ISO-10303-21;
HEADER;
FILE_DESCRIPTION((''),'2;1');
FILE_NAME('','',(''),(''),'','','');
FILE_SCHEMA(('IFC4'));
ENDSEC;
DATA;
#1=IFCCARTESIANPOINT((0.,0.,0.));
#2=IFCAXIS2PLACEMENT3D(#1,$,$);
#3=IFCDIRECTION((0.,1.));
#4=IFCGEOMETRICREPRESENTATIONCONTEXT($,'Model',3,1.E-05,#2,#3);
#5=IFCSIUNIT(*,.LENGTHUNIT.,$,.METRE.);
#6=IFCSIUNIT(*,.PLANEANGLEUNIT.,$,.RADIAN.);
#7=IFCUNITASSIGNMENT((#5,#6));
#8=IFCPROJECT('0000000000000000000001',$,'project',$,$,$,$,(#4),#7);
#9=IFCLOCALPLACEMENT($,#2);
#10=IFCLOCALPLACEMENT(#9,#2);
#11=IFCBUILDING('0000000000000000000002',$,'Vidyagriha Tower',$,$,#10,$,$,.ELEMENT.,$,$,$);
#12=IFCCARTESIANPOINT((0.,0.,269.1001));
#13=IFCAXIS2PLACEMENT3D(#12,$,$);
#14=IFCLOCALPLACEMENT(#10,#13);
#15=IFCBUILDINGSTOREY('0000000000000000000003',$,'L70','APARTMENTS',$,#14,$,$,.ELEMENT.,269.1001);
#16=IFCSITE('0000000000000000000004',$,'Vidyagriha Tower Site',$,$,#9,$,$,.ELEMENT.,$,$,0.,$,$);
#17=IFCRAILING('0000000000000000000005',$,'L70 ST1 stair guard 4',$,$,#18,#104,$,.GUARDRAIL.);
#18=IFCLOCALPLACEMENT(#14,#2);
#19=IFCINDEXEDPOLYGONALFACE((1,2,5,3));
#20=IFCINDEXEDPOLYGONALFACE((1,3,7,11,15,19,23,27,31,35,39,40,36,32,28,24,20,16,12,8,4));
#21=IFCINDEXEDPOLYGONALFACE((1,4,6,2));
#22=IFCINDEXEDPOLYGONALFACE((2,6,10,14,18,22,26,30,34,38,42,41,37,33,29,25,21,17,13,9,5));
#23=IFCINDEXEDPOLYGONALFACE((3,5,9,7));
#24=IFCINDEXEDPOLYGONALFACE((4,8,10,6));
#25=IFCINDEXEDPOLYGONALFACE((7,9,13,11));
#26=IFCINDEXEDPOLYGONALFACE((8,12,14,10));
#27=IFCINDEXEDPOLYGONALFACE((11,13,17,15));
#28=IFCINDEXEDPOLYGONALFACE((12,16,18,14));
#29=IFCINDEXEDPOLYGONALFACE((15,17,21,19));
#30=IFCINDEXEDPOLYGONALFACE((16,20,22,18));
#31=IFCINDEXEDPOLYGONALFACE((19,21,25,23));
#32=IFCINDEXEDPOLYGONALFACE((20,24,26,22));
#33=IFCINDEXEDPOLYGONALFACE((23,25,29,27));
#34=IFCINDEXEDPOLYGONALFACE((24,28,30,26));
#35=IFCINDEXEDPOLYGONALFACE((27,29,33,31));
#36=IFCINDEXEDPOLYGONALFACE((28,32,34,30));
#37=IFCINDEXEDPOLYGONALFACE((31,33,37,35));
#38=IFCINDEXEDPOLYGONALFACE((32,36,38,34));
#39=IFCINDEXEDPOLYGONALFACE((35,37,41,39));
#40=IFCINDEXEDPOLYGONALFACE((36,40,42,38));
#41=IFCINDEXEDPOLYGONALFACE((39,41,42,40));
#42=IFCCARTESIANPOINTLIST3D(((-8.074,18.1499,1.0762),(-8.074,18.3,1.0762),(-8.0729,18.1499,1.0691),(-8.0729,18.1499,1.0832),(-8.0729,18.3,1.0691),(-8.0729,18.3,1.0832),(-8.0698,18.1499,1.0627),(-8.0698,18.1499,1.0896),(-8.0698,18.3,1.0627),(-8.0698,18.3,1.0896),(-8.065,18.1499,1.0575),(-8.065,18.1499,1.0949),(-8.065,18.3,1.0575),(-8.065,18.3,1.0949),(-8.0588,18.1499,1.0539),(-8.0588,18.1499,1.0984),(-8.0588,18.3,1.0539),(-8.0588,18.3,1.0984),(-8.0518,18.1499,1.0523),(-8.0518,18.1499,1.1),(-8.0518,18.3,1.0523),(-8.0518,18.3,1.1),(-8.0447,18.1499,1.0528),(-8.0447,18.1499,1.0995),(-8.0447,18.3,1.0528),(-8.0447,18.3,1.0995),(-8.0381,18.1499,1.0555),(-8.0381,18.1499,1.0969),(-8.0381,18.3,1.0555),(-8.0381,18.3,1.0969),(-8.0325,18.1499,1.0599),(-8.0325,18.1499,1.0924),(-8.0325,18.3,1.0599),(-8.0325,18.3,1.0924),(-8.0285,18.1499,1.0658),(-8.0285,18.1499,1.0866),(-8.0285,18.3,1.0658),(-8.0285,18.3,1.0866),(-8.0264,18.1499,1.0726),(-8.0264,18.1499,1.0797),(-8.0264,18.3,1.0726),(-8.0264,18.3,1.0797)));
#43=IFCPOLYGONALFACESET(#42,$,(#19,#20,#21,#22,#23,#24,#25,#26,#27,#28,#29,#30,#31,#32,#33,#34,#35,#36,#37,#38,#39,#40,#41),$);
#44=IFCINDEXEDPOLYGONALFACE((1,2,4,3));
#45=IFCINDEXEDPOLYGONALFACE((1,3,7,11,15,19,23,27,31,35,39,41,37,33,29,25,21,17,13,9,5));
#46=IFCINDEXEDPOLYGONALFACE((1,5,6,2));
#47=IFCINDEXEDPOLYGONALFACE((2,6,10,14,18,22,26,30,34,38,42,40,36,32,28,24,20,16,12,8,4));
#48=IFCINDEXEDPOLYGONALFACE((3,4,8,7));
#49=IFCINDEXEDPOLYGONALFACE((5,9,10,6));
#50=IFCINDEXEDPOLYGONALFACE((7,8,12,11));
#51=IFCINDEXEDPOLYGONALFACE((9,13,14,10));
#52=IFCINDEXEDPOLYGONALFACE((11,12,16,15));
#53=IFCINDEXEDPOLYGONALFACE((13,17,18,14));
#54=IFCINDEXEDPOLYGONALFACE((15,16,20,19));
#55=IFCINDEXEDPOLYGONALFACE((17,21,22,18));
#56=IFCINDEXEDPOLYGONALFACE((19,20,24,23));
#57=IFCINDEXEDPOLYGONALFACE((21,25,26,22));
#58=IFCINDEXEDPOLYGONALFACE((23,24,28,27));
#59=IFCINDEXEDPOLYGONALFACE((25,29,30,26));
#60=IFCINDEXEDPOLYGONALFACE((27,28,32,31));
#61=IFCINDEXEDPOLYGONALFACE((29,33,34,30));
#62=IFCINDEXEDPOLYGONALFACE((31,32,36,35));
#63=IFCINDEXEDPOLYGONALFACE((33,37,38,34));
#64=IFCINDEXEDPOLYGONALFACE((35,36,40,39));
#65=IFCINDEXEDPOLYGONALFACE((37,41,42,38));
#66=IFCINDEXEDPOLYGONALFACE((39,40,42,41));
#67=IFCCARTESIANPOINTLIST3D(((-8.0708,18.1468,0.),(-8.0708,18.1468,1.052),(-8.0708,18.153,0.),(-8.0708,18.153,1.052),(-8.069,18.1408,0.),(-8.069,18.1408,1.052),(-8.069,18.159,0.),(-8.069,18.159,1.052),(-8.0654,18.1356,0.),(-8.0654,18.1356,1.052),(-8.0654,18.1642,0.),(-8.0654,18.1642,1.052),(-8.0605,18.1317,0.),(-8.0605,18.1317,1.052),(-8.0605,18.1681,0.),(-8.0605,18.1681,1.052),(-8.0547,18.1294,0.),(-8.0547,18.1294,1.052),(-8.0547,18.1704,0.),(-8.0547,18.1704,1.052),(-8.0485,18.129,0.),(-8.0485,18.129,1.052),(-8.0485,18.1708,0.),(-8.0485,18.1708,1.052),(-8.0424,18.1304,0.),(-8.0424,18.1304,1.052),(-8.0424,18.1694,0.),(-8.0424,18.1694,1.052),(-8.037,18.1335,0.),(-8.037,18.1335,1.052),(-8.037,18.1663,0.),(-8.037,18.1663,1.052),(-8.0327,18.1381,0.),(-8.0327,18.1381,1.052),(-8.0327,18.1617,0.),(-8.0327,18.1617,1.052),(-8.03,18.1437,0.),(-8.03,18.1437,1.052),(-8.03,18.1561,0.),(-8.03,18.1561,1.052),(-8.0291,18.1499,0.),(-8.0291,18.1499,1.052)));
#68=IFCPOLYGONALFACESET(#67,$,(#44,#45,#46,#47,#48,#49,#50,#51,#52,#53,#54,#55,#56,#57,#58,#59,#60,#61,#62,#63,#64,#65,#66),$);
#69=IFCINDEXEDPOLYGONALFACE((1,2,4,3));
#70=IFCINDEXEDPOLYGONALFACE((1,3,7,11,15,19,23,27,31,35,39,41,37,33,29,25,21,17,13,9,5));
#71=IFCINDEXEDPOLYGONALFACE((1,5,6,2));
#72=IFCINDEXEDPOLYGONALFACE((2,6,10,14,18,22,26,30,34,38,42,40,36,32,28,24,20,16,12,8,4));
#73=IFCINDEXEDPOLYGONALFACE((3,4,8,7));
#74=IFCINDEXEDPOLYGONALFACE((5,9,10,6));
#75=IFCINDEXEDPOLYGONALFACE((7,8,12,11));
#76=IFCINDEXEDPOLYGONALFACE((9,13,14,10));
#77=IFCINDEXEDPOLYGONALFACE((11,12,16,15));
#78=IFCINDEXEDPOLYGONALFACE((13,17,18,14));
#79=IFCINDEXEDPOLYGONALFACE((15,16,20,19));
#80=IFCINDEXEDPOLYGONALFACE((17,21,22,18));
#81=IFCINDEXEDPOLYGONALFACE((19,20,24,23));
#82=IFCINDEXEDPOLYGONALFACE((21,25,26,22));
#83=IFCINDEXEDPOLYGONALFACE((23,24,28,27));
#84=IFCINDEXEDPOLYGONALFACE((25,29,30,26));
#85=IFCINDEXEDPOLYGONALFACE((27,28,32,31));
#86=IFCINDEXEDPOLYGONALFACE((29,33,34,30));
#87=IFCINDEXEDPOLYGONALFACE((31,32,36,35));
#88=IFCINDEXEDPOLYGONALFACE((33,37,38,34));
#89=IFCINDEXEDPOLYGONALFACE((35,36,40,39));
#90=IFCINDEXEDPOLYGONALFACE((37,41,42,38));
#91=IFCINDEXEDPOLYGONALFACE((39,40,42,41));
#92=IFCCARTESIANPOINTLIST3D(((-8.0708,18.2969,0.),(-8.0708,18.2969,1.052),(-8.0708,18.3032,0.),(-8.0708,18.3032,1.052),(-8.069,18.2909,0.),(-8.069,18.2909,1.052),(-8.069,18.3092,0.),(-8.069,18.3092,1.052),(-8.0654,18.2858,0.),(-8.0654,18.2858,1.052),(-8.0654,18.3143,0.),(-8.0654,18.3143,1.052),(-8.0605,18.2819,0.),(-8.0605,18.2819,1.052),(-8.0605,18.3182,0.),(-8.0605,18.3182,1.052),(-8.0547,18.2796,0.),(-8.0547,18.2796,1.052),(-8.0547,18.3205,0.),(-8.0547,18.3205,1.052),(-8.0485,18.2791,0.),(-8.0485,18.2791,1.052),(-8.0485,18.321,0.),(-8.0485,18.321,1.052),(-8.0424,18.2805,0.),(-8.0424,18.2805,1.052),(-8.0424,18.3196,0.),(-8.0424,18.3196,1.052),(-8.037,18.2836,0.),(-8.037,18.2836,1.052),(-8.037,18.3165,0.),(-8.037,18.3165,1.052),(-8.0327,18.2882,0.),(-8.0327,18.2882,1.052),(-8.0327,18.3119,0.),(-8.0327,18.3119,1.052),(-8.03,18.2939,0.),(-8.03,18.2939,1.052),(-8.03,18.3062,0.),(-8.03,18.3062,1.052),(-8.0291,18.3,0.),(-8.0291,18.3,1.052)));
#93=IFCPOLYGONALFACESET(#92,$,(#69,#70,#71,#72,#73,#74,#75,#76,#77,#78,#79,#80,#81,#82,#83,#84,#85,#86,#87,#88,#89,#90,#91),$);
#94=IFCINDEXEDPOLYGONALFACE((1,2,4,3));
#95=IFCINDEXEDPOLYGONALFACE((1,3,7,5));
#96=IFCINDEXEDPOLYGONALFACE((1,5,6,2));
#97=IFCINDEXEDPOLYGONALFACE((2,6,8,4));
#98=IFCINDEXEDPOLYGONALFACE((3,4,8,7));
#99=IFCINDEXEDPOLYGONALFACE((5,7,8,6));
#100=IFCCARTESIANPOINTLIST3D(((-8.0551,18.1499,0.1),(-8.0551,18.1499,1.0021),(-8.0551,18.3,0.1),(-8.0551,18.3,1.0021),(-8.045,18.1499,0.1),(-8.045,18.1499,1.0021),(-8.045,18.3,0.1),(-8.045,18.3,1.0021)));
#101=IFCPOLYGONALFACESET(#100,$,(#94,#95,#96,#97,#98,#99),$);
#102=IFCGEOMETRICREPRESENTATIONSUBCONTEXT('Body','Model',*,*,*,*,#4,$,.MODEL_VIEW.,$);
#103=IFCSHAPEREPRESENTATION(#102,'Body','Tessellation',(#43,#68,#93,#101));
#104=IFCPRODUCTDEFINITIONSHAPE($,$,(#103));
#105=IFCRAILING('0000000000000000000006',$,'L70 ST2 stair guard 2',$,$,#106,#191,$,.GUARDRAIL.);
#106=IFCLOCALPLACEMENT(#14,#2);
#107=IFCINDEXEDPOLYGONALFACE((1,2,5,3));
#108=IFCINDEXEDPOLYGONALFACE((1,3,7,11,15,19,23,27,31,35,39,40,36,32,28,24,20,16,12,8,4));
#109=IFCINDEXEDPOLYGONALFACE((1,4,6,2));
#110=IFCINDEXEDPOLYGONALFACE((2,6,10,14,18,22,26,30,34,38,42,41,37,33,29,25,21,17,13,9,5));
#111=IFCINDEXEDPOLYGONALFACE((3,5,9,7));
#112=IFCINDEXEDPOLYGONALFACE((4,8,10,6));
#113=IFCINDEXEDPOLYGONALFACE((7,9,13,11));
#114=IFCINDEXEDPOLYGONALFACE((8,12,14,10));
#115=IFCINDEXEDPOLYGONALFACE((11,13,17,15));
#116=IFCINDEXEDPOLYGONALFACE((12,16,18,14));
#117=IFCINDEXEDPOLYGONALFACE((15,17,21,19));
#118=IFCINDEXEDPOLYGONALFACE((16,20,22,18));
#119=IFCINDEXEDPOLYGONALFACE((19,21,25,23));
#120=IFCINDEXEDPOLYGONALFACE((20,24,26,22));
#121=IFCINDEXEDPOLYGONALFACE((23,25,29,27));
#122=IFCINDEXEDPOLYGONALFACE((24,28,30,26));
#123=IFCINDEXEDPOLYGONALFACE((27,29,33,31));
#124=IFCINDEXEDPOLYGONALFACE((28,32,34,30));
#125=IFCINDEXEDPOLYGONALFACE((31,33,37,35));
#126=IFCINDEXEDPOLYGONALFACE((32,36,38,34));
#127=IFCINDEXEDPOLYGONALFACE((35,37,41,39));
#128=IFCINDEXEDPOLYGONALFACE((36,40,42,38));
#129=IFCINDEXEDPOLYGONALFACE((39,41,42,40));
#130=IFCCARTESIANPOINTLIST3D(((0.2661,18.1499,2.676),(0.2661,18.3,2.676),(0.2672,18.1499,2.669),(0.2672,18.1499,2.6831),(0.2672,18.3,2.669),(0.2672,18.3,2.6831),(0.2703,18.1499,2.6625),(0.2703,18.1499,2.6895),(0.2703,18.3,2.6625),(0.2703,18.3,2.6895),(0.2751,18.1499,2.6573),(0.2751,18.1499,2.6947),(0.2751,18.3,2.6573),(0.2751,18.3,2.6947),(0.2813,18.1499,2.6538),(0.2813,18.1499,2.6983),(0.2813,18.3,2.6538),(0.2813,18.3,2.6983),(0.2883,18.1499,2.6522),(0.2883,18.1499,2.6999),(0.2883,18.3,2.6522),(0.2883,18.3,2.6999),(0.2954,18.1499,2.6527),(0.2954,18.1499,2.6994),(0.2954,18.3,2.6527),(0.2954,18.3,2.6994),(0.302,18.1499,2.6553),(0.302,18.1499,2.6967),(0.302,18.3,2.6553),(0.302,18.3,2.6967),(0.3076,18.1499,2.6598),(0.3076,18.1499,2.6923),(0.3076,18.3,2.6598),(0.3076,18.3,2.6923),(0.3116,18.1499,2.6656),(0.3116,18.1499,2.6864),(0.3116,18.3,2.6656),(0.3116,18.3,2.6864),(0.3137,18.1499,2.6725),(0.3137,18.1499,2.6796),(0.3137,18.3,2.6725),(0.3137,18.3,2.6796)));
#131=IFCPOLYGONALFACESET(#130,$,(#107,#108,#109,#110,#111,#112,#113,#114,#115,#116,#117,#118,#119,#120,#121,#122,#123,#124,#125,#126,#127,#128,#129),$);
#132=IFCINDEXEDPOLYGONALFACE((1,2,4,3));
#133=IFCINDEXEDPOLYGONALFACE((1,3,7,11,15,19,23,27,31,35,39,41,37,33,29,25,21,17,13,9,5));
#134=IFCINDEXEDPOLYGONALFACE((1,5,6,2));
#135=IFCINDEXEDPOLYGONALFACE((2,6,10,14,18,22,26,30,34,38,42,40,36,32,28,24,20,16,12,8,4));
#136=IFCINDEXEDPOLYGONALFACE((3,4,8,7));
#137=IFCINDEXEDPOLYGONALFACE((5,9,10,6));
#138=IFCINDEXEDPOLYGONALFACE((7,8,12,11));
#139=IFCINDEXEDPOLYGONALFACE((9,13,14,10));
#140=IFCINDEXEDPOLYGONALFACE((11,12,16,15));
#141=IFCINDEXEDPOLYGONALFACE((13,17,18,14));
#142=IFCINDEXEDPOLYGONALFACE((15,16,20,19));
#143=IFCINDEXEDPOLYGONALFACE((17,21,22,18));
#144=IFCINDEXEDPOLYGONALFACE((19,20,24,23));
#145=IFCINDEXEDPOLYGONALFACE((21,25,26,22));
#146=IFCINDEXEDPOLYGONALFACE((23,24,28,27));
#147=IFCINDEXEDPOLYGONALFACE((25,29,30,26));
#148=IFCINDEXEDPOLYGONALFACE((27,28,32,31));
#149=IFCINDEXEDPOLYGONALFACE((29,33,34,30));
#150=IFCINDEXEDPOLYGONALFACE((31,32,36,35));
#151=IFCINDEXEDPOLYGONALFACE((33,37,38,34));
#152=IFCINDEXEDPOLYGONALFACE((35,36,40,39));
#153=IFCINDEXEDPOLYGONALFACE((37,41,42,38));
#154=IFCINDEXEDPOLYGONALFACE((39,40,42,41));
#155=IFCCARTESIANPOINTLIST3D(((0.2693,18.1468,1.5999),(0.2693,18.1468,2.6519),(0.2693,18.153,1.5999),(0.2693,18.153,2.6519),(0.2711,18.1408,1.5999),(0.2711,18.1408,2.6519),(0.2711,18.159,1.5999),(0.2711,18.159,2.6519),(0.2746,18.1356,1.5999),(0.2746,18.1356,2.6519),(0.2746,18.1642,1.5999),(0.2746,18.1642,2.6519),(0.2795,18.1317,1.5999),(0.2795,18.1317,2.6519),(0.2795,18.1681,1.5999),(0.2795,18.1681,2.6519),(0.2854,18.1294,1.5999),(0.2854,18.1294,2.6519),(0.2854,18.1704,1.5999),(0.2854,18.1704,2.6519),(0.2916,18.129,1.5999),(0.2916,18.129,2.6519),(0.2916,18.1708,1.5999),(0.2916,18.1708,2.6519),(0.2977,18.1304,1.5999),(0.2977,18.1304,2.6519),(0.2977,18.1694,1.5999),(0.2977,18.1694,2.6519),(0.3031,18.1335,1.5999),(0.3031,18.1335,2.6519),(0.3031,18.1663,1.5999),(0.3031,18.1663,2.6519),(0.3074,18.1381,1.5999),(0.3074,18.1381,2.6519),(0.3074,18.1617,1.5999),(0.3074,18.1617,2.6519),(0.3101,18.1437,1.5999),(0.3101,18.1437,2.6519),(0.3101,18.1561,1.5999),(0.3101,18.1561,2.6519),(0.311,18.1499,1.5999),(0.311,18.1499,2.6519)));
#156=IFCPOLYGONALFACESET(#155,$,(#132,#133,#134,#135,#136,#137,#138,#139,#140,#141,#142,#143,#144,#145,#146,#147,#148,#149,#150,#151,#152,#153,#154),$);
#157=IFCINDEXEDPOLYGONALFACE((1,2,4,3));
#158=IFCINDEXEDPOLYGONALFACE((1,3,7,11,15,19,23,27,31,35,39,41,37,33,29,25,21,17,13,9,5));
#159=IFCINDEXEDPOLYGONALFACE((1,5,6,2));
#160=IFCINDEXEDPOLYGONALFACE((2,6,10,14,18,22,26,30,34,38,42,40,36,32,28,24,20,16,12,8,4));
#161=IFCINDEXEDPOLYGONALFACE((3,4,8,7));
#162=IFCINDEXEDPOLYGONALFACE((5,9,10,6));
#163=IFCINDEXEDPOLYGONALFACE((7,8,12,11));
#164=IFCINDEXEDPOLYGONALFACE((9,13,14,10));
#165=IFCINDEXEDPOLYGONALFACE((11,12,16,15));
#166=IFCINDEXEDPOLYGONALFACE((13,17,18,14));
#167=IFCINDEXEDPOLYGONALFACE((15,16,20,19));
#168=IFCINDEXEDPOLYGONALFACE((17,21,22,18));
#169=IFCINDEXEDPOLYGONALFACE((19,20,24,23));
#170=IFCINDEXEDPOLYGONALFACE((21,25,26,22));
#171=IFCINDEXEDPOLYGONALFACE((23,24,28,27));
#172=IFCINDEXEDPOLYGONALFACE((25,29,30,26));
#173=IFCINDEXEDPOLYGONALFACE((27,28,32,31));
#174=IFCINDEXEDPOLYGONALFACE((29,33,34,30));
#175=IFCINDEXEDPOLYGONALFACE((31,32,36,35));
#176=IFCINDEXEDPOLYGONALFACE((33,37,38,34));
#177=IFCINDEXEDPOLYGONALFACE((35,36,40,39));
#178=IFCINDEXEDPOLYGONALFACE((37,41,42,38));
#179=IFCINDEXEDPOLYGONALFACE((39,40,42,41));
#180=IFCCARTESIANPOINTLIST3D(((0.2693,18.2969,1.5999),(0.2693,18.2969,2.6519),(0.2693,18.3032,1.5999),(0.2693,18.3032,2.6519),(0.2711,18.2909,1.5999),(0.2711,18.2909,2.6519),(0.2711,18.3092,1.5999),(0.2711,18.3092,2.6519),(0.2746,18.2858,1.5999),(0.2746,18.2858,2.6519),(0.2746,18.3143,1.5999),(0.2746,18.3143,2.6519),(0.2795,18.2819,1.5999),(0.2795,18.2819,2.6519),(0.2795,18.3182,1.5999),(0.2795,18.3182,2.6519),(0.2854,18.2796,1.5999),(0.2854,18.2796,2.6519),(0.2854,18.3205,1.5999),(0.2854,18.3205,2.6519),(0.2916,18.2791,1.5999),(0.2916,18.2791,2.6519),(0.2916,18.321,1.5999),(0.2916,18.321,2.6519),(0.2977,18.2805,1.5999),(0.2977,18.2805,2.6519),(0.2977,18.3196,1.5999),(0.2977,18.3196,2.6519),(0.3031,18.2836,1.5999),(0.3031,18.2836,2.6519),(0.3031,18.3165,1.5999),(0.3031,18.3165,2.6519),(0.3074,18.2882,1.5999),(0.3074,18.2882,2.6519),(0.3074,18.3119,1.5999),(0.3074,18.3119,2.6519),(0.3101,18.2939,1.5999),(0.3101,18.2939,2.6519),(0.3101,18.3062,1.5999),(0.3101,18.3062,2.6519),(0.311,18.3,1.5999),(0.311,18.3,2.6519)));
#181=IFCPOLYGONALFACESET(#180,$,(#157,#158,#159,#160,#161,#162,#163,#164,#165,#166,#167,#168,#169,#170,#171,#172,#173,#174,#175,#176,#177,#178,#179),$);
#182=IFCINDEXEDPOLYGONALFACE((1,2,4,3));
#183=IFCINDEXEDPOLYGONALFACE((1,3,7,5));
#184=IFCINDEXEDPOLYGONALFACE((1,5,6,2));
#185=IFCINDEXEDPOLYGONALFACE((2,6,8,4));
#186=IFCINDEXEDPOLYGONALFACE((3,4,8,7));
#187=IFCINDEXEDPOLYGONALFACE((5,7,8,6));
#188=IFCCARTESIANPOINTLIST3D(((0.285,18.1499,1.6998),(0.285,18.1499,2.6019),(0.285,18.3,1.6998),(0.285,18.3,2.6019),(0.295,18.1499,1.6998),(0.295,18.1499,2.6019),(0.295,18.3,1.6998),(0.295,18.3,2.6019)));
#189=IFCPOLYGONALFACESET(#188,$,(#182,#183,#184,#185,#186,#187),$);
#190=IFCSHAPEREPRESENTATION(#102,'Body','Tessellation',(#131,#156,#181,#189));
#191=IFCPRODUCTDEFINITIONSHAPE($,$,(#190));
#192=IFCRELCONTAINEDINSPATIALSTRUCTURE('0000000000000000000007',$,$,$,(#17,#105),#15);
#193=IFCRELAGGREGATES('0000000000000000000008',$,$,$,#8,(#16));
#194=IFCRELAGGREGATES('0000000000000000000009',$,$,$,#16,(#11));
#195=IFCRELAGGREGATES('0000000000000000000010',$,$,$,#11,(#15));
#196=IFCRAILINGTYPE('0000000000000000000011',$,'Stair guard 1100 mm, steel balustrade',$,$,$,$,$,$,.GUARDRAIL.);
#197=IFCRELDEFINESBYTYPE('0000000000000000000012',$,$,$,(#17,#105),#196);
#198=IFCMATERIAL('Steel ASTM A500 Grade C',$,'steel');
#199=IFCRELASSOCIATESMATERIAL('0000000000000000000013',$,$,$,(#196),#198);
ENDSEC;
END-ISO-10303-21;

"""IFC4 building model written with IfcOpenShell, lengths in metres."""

from ifc_helpers import new_model, si_unit, direction, frame, origin, origin_2d, place, context, subcontext, project, spatial, rectangle, circle, extrude, material, type_object, element, save


model = new_model("IFC4")

# Units and contexts
model_context = context("Model", 3, precision=1e-05, world=origin(), true_north=direction((0.0, 1.0)))
body_context = subcontext(model_context, "Body", "Model", "MODEL_VIEW")
ifc_project = project(units=[si_unit("LENGTHUNIT", "METRE"), si_unit("PLANEANGLEUNIT", "RADIAN")], contexts=[model_context])

# Site, building, storey
site_placement = place(None, origin())
site = spatial("IfcSite", under=ifc_project, at=site_placement, Name="Vidyagriha Tower Site", CompositionType="ELEMENT", RefElevation=0.0)
building_placement = place(site_placement, origin())
building = spatial("IfcBuilding", under=site, at=building_placement, Name="Vidyagriha Tower", CompositionType="ELEMENT")
storey_placement = place(building_placement, frame((0.0, 0.0, 269.1001)))
storey = spatial("IfcBuildingStorey", under=building, at=storey_placement, Name="L70", Description="APARTMENTS", CompositionType="ELEMENT", Elevation=269.1001)

# Railings
ifc_material_1 = material(Name="Steel ASTM A500 Grade C", Category="steel")
railing_type_1 = type_object("IfcRailingType", Name="Stair guard 1100 mm, steel balustrade", PredefinedType="GUARDRAIL", material=ifc_material_1)
for number, where, name in (
    (1, (-8.05, 18.1499, 0.0), "L70 ST1 stair guard 4"),
    (2, (0.29, 18.1499, 1.5999), "L70 ST2 stair guard 2"),
):
    element("IfcRailing", number, at=place(storey_placement, frame(where)), inside=storey, type_object=railing_type_1, Name=name, PredefinedType="GUARDRAIL", context=body_context, shape_type="SweptSolid", body=[
        extrude(circle(Radius=0.0239, at=origin_2d()), frame((0.0, 0.0, 1.0762), z_axis=(0.0, 1.0, 0.0), x_axis=(-1.0, 0.0, 0.0)), (0.0, 0.0, 1.0), 0.1501),
        extrude(circle(Radius=0.021, at=origin_2d()), origin(), (0.0, 0.0, 1.0), 1.052),
        extrude(circle(Radius=0.021, at=origin_2d()), frame((0.0, 0.1501, 0.0)), (0.0, 0.0, 1.0), 1.052),
        extrude(rectangle(XDim=0.01, YDim=0.9021, at=origin_2d()), frame((0.0, 0.0, 0.551), z_axis=(0.0, 1.0, 0.0), x_axis=(-1.0, 0.0, 0.0)), (0.0, 0.0, 1.0), 0.1501),
    ])

save(model, "model.ifc")
